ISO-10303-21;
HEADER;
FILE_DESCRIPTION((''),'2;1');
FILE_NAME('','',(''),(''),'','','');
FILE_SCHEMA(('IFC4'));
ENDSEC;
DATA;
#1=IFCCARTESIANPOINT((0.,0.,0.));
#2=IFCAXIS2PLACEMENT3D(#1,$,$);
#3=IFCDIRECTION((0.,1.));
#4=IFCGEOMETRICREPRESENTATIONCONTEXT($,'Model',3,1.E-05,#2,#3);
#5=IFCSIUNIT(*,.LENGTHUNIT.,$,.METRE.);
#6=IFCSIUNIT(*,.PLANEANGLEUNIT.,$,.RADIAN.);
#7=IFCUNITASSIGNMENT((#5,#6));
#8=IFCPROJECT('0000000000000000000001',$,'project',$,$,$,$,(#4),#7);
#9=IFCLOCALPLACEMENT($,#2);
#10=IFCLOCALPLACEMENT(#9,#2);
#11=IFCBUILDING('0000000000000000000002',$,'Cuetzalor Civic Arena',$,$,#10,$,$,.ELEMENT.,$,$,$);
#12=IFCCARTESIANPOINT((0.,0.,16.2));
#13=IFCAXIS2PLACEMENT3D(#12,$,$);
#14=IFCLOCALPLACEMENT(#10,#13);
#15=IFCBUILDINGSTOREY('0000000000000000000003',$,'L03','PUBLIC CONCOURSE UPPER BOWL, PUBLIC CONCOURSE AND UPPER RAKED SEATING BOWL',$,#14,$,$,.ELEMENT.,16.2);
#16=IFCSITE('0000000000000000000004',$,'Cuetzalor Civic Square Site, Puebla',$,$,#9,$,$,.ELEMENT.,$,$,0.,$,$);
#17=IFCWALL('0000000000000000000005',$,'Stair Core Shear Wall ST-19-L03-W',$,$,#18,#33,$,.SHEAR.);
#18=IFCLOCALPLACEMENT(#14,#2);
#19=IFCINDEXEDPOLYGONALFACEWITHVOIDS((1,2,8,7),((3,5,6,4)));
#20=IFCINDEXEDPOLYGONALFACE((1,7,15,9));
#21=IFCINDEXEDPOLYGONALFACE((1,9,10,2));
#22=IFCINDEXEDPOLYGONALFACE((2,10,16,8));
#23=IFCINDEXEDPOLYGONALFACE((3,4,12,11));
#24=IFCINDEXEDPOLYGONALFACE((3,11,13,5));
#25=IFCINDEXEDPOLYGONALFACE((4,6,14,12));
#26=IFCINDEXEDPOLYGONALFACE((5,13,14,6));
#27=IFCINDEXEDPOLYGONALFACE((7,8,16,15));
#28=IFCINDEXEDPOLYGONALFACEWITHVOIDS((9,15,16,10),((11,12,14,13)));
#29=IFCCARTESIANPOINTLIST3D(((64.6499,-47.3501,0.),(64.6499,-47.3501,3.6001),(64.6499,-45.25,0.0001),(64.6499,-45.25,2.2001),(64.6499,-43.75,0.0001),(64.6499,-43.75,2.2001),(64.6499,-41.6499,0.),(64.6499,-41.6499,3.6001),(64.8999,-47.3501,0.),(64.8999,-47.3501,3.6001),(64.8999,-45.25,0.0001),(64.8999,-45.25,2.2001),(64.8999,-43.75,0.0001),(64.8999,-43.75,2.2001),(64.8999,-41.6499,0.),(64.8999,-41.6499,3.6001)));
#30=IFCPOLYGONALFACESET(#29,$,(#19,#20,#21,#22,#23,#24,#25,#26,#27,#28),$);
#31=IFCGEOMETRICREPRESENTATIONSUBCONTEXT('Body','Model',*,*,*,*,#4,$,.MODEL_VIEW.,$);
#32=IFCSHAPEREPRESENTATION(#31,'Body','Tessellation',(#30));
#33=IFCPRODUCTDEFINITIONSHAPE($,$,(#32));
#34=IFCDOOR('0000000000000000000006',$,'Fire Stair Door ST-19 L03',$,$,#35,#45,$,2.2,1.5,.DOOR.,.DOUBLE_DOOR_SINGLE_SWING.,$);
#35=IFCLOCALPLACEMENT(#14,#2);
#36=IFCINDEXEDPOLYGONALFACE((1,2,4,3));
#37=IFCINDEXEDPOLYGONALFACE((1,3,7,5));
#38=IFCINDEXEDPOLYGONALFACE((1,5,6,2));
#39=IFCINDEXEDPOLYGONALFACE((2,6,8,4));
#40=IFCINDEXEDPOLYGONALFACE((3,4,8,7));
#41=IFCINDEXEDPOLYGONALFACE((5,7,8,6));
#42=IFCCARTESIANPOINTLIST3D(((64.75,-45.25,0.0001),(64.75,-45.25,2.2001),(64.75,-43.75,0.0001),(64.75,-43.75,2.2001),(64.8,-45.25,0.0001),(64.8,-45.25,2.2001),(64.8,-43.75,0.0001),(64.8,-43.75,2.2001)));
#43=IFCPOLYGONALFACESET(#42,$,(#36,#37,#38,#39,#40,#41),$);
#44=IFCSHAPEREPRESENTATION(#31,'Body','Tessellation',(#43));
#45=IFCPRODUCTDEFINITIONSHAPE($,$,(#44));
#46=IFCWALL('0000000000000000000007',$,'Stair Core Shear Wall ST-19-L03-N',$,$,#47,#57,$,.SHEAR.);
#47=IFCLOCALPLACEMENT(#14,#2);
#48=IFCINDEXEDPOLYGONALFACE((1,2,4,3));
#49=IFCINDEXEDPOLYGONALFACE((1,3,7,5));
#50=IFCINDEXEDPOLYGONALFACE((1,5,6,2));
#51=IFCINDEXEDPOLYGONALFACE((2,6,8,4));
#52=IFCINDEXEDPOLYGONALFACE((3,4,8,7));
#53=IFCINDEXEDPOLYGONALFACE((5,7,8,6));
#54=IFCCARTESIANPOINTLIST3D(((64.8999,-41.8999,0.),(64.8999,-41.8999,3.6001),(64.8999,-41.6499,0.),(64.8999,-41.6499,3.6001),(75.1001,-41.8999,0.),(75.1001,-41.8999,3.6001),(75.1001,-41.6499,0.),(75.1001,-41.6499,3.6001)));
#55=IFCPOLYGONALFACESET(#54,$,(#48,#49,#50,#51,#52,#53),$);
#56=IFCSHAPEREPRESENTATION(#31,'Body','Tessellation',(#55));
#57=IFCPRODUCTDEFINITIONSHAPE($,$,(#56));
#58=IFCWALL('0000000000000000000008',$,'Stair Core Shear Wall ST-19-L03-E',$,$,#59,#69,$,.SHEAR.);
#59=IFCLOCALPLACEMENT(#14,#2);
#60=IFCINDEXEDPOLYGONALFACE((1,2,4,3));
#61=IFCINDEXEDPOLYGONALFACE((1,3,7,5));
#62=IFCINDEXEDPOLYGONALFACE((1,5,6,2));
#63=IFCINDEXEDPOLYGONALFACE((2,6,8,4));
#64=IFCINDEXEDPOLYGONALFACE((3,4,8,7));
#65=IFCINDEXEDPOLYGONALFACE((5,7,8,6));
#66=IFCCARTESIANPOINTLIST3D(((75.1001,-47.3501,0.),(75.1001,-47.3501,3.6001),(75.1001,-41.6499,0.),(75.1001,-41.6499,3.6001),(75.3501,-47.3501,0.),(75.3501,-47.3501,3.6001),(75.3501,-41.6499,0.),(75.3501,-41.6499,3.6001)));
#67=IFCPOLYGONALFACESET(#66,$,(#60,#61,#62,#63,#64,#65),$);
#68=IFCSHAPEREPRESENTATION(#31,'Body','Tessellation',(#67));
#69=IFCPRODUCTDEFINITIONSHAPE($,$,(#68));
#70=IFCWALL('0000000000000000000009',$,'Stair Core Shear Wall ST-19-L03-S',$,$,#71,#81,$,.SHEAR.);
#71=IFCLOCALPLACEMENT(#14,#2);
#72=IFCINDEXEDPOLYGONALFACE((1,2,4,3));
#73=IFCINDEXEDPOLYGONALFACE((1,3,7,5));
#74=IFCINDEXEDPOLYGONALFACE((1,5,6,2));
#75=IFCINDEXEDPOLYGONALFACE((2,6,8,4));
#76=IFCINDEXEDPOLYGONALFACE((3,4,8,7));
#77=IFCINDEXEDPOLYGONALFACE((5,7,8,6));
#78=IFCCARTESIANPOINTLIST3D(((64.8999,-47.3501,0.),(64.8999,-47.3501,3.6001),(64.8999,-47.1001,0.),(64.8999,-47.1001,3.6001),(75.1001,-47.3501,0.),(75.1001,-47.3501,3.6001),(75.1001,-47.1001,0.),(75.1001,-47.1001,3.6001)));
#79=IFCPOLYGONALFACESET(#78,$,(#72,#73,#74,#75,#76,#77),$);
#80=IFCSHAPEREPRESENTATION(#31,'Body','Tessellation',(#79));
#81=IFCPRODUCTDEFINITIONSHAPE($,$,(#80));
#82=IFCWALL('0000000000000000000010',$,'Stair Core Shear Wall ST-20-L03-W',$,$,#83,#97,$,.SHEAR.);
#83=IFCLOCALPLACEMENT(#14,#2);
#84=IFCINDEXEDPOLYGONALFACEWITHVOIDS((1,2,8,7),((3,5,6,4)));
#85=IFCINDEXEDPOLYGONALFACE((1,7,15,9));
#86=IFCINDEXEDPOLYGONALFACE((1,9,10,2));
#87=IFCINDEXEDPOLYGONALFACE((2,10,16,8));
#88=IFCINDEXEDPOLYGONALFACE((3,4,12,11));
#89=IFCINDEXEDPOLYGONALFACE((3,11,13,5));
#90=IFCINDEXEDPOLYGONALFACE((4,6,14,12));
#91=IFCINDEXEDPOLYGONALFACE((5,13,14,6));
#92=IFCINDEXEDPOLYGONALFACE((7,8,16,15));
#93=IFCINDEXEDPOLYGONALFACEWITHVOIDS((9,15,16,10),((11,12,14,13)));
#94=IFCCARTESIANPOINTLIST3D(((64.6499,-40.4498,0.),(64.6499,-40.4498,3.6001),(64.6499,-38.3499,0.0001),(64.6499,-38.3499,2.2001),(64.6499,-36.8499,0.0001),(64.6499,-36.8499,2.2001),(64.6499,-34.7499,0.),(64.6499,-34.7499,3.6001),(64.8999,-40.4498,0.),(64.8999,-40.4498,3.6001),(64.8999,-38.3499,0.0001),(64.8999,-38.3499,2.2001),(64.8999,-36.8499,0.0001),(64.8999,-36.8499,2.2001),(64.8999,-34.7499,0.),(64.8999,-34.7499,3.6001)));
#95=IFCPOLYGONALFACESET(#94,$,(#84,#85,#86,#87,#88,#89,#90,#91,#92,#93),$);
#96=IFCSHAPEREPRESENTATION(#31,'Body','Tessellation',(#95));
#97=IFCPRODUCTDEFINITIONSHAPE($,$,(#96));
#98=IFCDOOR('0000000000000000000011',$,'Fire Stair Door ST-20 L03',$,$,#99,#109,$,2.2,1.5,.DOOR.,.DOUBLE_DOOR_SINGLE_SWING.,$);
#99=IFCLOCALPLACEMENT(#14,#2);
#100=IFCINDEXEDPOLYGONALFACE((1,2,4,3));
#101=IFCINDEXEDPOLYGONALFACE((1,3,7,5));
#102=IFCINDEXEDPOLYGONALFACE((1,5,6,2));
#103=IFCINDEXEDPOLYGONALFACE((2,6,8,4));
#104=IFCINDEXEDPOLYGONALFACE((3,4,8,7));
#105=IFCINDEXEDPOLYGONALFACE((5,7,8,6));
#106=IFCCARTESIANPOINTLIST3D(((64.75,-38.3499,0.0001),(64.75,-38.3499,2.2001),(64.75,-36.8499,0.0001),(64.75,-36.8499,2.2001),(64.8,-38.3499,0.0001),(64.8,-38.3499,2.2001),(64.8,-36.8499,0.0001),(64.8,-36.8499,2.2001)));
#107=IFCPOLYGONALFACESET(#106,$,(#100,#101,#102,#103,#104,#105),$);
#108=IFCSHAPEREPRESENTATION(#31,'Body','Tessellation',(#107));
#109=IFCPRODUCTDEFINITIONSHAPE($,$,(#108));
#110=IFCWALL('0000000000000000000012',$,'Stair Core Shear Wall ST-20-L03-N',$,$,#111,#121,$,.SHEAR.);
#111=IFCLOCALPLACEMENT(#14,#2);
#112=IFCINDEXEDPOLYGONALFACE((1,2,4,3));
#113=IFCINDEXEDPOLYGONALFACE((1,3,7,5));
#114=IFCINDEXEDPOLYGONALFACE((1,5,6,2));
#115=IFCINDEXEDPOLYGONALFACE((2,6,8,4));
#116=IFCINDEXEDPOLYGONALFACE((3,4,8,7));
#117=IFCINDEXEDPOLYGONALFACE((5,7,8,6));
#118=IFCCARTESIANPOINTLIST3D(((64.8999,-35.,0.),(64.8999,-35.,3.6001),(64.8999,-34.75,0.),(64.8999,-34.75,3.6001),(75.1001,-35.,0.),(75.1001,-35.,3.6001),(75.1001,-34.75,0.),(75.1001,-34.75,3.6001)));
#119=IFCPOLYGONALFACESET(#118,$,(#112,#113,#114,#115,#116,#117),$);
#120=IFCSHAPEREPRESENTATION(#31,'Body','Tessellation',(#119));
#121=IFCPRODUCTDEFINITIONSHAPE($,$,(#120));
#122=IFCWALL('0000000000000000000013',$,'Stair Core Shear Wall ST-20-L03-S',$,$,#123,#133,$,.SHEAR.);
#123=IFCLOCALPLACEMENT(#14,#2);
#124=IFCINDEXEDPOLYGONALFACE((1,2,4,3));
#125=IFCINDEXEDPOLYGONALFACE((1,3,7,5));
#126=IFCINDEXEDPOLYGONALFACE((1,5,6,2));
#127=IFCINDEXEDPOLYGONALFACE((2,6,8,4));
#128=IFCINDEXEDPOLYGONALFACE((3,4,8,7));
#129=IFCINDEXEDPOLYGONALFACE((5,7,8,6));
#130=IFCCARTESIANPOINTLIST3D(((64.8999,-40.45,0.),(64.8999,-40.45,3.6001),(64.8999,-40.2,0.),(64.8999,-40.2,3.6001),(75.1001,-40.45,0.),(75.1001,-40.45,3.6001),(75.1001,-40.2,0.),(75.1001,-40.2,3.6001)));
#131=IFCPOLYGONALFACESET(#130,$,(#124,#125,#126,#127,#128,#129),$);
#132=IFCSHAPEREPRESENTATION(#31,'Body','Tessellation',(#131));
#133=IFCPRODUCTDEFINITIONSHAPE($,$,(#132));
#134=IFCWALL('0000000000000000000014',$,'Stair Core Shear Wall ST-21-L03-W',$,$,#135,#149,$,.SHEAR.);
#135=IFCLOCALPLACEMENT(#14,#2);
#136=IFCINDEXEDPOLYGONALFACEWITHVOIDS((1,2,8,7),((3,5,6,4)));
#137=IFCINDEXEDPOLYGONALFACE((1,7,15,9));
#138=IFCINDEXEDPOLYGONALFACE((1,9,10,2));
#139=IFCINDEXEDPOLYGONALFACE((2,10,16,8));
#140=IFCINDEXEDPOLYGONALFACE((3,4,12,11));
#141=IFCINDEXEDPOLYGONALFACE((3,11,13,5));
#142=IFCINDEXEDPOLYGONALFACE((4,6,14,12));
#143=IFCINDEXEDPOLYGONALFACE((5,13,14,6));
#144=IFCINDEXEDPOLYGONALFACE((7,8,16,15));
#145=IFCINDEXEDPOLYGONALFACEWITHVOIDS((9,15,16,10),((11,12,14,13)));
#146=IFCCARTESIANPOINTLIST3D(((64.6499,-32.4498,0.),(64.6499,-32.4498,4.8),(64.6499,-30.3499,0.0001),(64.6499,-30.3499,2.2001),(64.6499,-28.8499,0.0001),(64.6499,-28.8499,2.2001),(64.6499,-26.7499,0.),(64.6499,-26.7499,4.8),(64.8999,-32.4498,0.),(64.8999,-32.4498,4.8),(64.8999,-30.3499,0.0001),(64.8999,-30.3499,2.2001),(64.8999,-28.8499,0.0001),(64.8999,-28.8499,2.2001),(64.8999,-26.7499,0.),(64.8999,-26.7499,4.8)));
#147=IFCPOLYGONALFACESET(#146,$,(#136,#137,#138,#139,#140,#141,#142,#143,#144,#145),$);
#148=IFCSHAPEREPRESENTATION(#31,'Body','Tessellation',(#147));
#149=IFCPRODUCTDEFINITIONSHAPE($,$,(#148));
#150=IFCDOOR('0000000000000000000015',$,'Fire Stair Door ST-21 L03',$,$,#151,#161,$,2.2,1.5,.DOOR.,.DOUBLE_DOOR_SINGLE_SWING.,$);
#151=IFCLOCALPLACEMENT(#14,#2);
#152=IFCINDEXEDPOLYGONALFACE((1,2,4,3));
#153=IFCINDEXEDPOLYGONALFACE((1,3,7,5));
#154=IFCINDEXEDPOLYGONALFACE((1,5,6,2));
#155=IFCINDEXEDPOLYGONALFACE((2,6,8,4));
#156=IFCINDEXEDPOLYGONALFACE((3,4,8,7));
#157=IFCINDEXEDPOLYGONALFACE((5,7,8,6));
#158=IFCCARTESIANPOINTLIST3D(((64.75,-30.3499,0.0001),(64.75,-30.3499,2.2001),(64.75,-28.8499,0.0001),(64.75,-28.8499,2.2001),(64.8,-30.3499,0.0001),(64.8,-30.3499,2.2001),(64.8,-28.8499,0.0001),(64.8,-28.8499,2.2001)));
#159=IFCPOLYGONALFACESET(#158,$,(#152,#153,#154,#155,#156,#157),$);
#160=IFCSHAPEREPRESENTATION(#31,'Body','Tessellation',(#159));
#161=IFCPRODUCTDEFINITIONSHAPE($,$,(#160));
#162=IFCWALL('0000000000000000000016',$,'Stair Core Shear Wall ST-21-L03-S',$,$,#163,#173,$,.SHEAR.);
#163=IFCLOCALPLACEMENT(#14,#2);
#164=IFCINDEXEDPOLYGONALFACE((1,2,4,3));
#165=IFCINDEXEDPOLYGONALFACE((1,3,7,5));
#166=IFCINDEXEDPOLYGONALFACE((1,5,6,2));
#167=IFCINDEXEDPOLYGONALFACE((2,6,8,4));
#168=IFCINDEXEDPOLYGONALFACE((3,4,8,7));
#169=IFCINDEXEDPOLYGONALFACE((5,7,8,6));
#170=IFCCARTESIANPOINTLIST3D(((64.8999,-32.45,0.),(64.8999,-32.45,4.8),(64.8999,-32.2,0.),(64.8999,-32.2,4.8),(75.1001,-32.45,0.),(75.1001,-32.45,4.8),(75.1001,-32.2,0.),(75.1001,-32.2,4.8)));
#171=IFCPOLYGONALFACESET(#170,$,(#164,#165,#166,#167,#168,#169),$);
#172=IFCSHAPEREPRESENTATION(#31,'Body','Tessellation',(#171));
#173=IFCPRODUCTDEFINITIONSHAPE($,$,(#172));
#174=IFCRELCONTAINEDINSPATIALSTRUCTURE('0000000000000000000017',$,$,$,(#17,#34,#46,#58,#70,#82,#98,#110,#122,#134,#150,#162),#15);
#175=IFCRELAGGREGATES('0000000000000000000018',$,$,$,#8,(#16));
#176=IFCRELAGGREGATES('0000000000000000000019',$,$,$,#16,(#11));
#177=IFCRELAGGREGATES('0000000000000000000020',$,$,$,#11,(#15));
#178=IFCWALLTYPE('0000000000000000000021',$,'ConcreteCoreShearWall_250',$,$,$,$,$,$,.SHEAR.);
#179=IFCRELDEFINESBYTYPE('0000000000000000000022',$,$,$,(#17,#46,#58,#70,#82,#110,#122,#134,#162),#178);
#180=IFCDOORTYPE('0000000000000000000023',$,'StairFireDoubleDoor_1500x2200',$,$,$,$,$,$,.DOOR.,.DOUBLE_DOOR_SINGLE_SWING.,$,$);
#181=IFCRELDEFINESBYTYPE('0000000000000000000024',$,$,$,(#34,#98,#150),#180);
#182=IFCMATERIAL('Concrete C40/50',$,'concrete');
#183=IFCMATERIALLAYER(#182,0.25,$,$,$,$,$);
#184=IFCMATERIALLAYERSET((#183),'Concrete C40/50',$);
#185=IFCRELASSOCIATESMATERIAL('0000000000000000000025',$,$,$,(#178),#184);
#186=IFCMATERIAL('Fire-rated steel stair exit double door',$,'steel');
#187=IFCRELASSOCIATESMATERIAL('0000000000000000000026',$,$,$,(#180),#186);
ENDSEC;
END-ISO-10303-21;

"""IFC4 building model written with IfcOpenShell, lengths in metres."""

from ifc_helpers import new_model, si_unit, direction, frame, frame_2d, origin, place, context, subcontext, project, spatial, rectangle, extrude, material, layer, layer_set, type_object, element, fill, save


model = new_model("IFC4")

# Units and contexts
model_context = context("Model", 3, precision=1e-05, world=origin(), true_north=direction((0.0, 1.0)))
body_context = subcontext(model_context, "Body", "Model", "MODEL_VIEW")
ifc_project = project(units=[si_unit("LENGTHUNIT", "METRE"), si_unit("PLANEANGLEUNIT", "RADIAN")], contexts=[model_context])

# Site, building, storey
site_placement = place(None, origin())
site = spatial("IfcSite", under=ifc_project, at=site_placement, Name="Cuetzalor Civic Square Site, Puebla", CompositionType="ELEMENT", RefElevation=0.0)
building_placement = place(site_placement, origin())
building = spatial("IfcBuilding", under=site, at=building_placement, Name="Cuetzalor Civic Arena", CompositionType="ELEMENT")
storey_placement = place(building_placement, frame((0.0, 0.0, 16.2)))
storey = spatial("IfcBuildingStorey", under=building, at=storey_placement, Name="L03", Description="PUBLIC CONCOURSE UPPER BOWL, PUBLIC CONCOURSE AND UPPER RAKED SEATING BOWL", CompositionType="ELEMENT", Elevation=16.2)

# Wall, opening, door
ifc_material_1 = material(Name="Concrete C40/50", Category="concrete")
ifc_layer = layer(ifc_material_1, 0.25)
ifc_layer_set = layer_set([ifc_layer], Name="Concrete C40/50")
wall_type = type_object("IfcWallType", Name="ConcreteCoreShearWall_250", PredefinedType="SHEAR", material=ifc_layer_set)
wall_1_placement = place(storey_placement, frame((64.7749, -47.3501, 0.0), z_axis=(0.0, 0.0, 1.0), x_axis=(0.0, 1.0, 0.0)))
wall_1 = element("IfcWall", 1, at=wall_1_placement, inside=storey, type_object=wall_type, Name="Stair Core Shear Wall ST-19-L03-W", PredefinedType="SHEAR", context=body_context, shape_type="SweptSolid", body=[
    extrude(rectangle(XDim=5.7002, YDim=0.25, at=frame_2d((2.8501, 0.0))), origin(), (0.0, 0.0, 1.0), 3.6001),
])
opening_1_placement = place(wall_1_placement, frame((2.1001, 0.0, 0.0)))
opening_1 = element("IfcOpeningElement", 2, at=opening_1_placement, cuts=wall_1, PredefinedType="OPENING", context=body_context, shape_type="SweptSolid", body=[
    extrude(rectangle(XDim=1.5, YDim=2.2, at=frame_2d((0.75, 1.1001))), frame((0.0, 0.135, 0.0), z_axis=(0.0, -1.0, 0.0), x_axis=(1.0, 0.0, 0.0)), (0.0, 0.0, 1.0), 0.27),
])
ifc_material_2 = material(Name="Fire-rated steel stair exit double door", Category="steel")
door_type = type_object("IfcDoorType", Name="StairFireDoubleDoor_1500x2200", OperationType="DOUBLE_DOOR_SINGLE_SWING", PredefinedType="DOOR", material=ifc_material_2)
door_1_placement = place(opening_1_placement, origin())
door_1 = element("IfcDoor", 3, at=door_1_placement, inside=storey, type_object=door_type, Name="Fire Stair Door ST-19 L03", OperationType="DOUBLE_DOOR_SINGLE_SWING", OverallHeight=2.2, OverallWidth=1.5, PredefinedType="DOOR", context=body_context, shape_type="SweptSolid", body=[
    extrude(rectangle(XDim=1.5, YDim=2.2, at=frame_2d((0.75, 1.1001))), frame((0.0, 0.0249, 0.0), z_axis=(0.0, -1.0, 0.0), x_axis=(1.0, 0.0, 0.0)), (0.0, 0.0, 1.0), 0.05),
])
fill(opening_1, door_1)

# Walls
wall_2_placement = place(storey_placement, frame((64.8999, -41.7749, 0.0), z_axis=(0.0, 0.0, 1.0), x_axis=(1.0, 0.0, 0.0)))
element("IfcWall", 4, at=wall_2_placement, inside=storey, type_object=wall_type, Name="Stair Core Shear Wall ST-19-L03-N", PredefinedType="SHEAR", context=body_context, shape_type="SweptSolid", body=[
    extrude(rectangle(XDim=10.2002, YDim=0.25, at=frame_2d((5.1001, 0.0))), origin(), (0.0, 0.0, 1.0), 3.6001),
])
wall_3_placement = place(storey_placement, frame((75.2251, -41.6499, 0.0), z_axis=(0.0, 0.0, 1.0), x_axis=(0.0, -1.0, 0.0)))
element("IfcWall", 5, at=wall_3_placement, inside=storey, type_object=wall_type, Name="Stair Core Shear Wall ST-19-L03-E", PredefinedType="SHEAR", context=body_context, shape_type="SweptSolid", body=[
    extrude(rectangle(XDim=5.7002, YDim=0.25, at=frame_2d((2.8501, 0.0))), origin(), (0.0, 0.0, 1.0), 3.6001),
])
wall_4_placement = place(storey_placement, frame((75.1001, -47.2251, 0.0), z_axis=(0.0, 0.0, 1.0), x_axis=(-1.0, 0.0, 0.0)))
element("IfcWall", 6, at=wall_4_placement, inside=storey, type_object=wall_type, Name="Stair Core Shear Wall ST-19-L03-S", PredefinedType="SHEAR", context=body_context, shape_type="SweptSolid", body=[
    extrude(rectangle(XDim=10.2002, YDim=0.25, at=frame_2d((5.1001, 0.0))), origin(), (0.0, 0.0, 1.0), 3.6001),
])

# Wall, opening, door
wall_5_placement = place(storey_placement, frame((64.7749, -40.45, 0.0), z_axis=(0.0, 0.0, 1.0), x_axis=(0.0, 1.0, 0.0)))
wall_5 = element("IfcWall", 7, at=wall_5_placement, inside=storey, type_object=wall_type, Name="Stair Core Shear Wall ST-20-L03-W", PredefinedType="SHEAR", context=body_context, shape_type="SweptSolid", body=[
    extrude(rectangle(XDim=5.7, YDim=0.25, at=frame_2d((2.8501, 0.0))), origin(), (0.0, 0.0, 1.0), 3.6001),
])
opening_2_placement = place(wall_5_placement, frame((2.1001, 0.0, 0.0)))
opening_2 = element("IfcOpeningElement", 8, at=opening_2_placement, cuts=wall_5, PredefinedType="OPENING", context=body_context, shape_type="SweptSolid", body=[
    extrude(rectangle(XDim=1.5, YDim=2.2, at=frame_2d((0.75, 1.1001))), frame((0.0, 0.135, 0.0), z_axis=(0.0, -1.0, 0.0), x_axis=(1.0, 0.0, 0.0)), (0.0, 0.0, 1.0), 0.27),
])
door_2_placement = place(opening_2_placement, origin())
door_2 = element("IfcDoor", 9, at=door_2_placement, inside=storey, type_object=door_type, Name="Fire Stair Door ST-20 L03", OperationType="DOUBLE_DOOR_SINGLE_SWING", OverallHeight=2.2, OverallWidth=1.5, PredefinedType="DOOR", context=body_context, shape_type="SweptSolid", body=[
    extrude(rectangle(XDim=1.5, YDim=2.2, at=frame_2d((0.75, 1.1001))), frame((0.0, 0.0249, 0.0), z_axis=(0.0, -1.0, 0.0), x_axis=(1.0, 0.0, 0.0)), (0.0, 0.0, 1.0), 0.05),
])
fill(opening_2, door_2)

# Walls
for number, where, z_axis, x_axis, name in (
    (10, (64.8999, -34.875, 0.0), (0.0, 0.0, 1.0), (1.0, 0.0, 0.0), "Stair Core Shear Wall ST-20-L03-N"),
    (11, (75.1001, -40.325, 0.0), (0.0, 0.0, 1.0), (-1.0, 0.0, 0.0), "Stair Core Shear Wall ST-20-L03-S"),
):
    element("IfcWall", number, at=place(storey_placement, frame(where, z_axis=z_axis, x_axis=x_axis)), inside=storey, type_object=wall_type, Name=name, PredefinedType="SHEAR", context=body_context, shape_type="SweptSolid", body=[
        extrude(rectangle(XDim=10.2002, YDim=0.25, at=frame_2d((5.1001, 0.0))), origin(), (0.0, 0.0, 1.0), 3.6001),
    ])

# Wall, opening, door
wall_6_placement = place(storey_placement, frame((64.7749, -32.45, 0.0), z_axis=(0.0, 0.0, 1.0), x_axis=(0.0, 1.0, 0.0)))
wall_6 = element("IfcWall", 12, at=wall_6_placement, inside=storey, type_object=wall_type, Name="Stair Core Shear Wall ST-21-L03-W", PredefinedType="SHEAR", context=body_context, shape_type="SweptSolid", body=[
    extrude(rectangle(XDim=5.7, YDim=0.25, at=frame_2d((2.8501, 0.0))), origin(), (0.0, 0.0, 1.0), 4.8),
])
opening_3_placement = place(wall_6_placement, frame((2.1001, 0.0, 0.0)))
opening_3 = element("IfcOpeningElement", 13, at=opening_3_placement, cuts=wall_6, PredefinedType="OPENING", context=body_context, shape_type="SweptSolid", body=[
    extrude(rectangle(XDim=1.5, YDim=2.2, at=frame_2d((0.75, 1.1001))), frame((0.0, 0.135, 0.0), z_axis=(0.0, -1.0, 0.0), x_axis=(1.0, 0.0, 0.0)), (0.0, 0.0, 1.0), 0.27),
])
door_3_placement = place(opening_3_placement, origin())
door_3 = element("IfcDoor", 14, at=door_3_placement, inside=storey, type_object=door_type, Name="Fire Stair Door ST-21 L03", OperationType="DOUBLE_DOOR_SINGLE_SWING", OverallHeight=2.2, OverallWidth=1.5, PredefinedType="DOOR", context=body_context, shape_type="SweptSolid", body=[
    extrude(rectangle(XDim=1.5, YDim=2.2, at=frame_2d((0.75, 1.1001))), frame((0.0, 0.0249, 0.0), z_axis=(0.0, -1.0, 0.0), x_axis=(1.0, 0.0, 0.0)), (0.0, 0.0, 1.0), 0.05),
])
fill(opening_3, door_3)

# Wall
wall_7_placement = place(storey_placement, frame((75.1001, -32.325, 0.0), z_axis=(0.0, 0.0, 1.0), x_axis=(-1.0, 0.0, 0.0)))
element("IfcWall", 15, at=wall_7_placement, inside=storey, type_object=wall_type, Name="Stair Core Shear Wall ST-21-L03-S", PredefinedType="SHEAR", context=body_context, shape_type="SweptSolid", body=[
    extrude(rectangle(XDim=10.2002, YDim=0.25, at=frame_2d((5.1001, 0.0))), origin(), (0.0, 0.0, 1.0), 4.8),
])

save(model, "model.ifc")
